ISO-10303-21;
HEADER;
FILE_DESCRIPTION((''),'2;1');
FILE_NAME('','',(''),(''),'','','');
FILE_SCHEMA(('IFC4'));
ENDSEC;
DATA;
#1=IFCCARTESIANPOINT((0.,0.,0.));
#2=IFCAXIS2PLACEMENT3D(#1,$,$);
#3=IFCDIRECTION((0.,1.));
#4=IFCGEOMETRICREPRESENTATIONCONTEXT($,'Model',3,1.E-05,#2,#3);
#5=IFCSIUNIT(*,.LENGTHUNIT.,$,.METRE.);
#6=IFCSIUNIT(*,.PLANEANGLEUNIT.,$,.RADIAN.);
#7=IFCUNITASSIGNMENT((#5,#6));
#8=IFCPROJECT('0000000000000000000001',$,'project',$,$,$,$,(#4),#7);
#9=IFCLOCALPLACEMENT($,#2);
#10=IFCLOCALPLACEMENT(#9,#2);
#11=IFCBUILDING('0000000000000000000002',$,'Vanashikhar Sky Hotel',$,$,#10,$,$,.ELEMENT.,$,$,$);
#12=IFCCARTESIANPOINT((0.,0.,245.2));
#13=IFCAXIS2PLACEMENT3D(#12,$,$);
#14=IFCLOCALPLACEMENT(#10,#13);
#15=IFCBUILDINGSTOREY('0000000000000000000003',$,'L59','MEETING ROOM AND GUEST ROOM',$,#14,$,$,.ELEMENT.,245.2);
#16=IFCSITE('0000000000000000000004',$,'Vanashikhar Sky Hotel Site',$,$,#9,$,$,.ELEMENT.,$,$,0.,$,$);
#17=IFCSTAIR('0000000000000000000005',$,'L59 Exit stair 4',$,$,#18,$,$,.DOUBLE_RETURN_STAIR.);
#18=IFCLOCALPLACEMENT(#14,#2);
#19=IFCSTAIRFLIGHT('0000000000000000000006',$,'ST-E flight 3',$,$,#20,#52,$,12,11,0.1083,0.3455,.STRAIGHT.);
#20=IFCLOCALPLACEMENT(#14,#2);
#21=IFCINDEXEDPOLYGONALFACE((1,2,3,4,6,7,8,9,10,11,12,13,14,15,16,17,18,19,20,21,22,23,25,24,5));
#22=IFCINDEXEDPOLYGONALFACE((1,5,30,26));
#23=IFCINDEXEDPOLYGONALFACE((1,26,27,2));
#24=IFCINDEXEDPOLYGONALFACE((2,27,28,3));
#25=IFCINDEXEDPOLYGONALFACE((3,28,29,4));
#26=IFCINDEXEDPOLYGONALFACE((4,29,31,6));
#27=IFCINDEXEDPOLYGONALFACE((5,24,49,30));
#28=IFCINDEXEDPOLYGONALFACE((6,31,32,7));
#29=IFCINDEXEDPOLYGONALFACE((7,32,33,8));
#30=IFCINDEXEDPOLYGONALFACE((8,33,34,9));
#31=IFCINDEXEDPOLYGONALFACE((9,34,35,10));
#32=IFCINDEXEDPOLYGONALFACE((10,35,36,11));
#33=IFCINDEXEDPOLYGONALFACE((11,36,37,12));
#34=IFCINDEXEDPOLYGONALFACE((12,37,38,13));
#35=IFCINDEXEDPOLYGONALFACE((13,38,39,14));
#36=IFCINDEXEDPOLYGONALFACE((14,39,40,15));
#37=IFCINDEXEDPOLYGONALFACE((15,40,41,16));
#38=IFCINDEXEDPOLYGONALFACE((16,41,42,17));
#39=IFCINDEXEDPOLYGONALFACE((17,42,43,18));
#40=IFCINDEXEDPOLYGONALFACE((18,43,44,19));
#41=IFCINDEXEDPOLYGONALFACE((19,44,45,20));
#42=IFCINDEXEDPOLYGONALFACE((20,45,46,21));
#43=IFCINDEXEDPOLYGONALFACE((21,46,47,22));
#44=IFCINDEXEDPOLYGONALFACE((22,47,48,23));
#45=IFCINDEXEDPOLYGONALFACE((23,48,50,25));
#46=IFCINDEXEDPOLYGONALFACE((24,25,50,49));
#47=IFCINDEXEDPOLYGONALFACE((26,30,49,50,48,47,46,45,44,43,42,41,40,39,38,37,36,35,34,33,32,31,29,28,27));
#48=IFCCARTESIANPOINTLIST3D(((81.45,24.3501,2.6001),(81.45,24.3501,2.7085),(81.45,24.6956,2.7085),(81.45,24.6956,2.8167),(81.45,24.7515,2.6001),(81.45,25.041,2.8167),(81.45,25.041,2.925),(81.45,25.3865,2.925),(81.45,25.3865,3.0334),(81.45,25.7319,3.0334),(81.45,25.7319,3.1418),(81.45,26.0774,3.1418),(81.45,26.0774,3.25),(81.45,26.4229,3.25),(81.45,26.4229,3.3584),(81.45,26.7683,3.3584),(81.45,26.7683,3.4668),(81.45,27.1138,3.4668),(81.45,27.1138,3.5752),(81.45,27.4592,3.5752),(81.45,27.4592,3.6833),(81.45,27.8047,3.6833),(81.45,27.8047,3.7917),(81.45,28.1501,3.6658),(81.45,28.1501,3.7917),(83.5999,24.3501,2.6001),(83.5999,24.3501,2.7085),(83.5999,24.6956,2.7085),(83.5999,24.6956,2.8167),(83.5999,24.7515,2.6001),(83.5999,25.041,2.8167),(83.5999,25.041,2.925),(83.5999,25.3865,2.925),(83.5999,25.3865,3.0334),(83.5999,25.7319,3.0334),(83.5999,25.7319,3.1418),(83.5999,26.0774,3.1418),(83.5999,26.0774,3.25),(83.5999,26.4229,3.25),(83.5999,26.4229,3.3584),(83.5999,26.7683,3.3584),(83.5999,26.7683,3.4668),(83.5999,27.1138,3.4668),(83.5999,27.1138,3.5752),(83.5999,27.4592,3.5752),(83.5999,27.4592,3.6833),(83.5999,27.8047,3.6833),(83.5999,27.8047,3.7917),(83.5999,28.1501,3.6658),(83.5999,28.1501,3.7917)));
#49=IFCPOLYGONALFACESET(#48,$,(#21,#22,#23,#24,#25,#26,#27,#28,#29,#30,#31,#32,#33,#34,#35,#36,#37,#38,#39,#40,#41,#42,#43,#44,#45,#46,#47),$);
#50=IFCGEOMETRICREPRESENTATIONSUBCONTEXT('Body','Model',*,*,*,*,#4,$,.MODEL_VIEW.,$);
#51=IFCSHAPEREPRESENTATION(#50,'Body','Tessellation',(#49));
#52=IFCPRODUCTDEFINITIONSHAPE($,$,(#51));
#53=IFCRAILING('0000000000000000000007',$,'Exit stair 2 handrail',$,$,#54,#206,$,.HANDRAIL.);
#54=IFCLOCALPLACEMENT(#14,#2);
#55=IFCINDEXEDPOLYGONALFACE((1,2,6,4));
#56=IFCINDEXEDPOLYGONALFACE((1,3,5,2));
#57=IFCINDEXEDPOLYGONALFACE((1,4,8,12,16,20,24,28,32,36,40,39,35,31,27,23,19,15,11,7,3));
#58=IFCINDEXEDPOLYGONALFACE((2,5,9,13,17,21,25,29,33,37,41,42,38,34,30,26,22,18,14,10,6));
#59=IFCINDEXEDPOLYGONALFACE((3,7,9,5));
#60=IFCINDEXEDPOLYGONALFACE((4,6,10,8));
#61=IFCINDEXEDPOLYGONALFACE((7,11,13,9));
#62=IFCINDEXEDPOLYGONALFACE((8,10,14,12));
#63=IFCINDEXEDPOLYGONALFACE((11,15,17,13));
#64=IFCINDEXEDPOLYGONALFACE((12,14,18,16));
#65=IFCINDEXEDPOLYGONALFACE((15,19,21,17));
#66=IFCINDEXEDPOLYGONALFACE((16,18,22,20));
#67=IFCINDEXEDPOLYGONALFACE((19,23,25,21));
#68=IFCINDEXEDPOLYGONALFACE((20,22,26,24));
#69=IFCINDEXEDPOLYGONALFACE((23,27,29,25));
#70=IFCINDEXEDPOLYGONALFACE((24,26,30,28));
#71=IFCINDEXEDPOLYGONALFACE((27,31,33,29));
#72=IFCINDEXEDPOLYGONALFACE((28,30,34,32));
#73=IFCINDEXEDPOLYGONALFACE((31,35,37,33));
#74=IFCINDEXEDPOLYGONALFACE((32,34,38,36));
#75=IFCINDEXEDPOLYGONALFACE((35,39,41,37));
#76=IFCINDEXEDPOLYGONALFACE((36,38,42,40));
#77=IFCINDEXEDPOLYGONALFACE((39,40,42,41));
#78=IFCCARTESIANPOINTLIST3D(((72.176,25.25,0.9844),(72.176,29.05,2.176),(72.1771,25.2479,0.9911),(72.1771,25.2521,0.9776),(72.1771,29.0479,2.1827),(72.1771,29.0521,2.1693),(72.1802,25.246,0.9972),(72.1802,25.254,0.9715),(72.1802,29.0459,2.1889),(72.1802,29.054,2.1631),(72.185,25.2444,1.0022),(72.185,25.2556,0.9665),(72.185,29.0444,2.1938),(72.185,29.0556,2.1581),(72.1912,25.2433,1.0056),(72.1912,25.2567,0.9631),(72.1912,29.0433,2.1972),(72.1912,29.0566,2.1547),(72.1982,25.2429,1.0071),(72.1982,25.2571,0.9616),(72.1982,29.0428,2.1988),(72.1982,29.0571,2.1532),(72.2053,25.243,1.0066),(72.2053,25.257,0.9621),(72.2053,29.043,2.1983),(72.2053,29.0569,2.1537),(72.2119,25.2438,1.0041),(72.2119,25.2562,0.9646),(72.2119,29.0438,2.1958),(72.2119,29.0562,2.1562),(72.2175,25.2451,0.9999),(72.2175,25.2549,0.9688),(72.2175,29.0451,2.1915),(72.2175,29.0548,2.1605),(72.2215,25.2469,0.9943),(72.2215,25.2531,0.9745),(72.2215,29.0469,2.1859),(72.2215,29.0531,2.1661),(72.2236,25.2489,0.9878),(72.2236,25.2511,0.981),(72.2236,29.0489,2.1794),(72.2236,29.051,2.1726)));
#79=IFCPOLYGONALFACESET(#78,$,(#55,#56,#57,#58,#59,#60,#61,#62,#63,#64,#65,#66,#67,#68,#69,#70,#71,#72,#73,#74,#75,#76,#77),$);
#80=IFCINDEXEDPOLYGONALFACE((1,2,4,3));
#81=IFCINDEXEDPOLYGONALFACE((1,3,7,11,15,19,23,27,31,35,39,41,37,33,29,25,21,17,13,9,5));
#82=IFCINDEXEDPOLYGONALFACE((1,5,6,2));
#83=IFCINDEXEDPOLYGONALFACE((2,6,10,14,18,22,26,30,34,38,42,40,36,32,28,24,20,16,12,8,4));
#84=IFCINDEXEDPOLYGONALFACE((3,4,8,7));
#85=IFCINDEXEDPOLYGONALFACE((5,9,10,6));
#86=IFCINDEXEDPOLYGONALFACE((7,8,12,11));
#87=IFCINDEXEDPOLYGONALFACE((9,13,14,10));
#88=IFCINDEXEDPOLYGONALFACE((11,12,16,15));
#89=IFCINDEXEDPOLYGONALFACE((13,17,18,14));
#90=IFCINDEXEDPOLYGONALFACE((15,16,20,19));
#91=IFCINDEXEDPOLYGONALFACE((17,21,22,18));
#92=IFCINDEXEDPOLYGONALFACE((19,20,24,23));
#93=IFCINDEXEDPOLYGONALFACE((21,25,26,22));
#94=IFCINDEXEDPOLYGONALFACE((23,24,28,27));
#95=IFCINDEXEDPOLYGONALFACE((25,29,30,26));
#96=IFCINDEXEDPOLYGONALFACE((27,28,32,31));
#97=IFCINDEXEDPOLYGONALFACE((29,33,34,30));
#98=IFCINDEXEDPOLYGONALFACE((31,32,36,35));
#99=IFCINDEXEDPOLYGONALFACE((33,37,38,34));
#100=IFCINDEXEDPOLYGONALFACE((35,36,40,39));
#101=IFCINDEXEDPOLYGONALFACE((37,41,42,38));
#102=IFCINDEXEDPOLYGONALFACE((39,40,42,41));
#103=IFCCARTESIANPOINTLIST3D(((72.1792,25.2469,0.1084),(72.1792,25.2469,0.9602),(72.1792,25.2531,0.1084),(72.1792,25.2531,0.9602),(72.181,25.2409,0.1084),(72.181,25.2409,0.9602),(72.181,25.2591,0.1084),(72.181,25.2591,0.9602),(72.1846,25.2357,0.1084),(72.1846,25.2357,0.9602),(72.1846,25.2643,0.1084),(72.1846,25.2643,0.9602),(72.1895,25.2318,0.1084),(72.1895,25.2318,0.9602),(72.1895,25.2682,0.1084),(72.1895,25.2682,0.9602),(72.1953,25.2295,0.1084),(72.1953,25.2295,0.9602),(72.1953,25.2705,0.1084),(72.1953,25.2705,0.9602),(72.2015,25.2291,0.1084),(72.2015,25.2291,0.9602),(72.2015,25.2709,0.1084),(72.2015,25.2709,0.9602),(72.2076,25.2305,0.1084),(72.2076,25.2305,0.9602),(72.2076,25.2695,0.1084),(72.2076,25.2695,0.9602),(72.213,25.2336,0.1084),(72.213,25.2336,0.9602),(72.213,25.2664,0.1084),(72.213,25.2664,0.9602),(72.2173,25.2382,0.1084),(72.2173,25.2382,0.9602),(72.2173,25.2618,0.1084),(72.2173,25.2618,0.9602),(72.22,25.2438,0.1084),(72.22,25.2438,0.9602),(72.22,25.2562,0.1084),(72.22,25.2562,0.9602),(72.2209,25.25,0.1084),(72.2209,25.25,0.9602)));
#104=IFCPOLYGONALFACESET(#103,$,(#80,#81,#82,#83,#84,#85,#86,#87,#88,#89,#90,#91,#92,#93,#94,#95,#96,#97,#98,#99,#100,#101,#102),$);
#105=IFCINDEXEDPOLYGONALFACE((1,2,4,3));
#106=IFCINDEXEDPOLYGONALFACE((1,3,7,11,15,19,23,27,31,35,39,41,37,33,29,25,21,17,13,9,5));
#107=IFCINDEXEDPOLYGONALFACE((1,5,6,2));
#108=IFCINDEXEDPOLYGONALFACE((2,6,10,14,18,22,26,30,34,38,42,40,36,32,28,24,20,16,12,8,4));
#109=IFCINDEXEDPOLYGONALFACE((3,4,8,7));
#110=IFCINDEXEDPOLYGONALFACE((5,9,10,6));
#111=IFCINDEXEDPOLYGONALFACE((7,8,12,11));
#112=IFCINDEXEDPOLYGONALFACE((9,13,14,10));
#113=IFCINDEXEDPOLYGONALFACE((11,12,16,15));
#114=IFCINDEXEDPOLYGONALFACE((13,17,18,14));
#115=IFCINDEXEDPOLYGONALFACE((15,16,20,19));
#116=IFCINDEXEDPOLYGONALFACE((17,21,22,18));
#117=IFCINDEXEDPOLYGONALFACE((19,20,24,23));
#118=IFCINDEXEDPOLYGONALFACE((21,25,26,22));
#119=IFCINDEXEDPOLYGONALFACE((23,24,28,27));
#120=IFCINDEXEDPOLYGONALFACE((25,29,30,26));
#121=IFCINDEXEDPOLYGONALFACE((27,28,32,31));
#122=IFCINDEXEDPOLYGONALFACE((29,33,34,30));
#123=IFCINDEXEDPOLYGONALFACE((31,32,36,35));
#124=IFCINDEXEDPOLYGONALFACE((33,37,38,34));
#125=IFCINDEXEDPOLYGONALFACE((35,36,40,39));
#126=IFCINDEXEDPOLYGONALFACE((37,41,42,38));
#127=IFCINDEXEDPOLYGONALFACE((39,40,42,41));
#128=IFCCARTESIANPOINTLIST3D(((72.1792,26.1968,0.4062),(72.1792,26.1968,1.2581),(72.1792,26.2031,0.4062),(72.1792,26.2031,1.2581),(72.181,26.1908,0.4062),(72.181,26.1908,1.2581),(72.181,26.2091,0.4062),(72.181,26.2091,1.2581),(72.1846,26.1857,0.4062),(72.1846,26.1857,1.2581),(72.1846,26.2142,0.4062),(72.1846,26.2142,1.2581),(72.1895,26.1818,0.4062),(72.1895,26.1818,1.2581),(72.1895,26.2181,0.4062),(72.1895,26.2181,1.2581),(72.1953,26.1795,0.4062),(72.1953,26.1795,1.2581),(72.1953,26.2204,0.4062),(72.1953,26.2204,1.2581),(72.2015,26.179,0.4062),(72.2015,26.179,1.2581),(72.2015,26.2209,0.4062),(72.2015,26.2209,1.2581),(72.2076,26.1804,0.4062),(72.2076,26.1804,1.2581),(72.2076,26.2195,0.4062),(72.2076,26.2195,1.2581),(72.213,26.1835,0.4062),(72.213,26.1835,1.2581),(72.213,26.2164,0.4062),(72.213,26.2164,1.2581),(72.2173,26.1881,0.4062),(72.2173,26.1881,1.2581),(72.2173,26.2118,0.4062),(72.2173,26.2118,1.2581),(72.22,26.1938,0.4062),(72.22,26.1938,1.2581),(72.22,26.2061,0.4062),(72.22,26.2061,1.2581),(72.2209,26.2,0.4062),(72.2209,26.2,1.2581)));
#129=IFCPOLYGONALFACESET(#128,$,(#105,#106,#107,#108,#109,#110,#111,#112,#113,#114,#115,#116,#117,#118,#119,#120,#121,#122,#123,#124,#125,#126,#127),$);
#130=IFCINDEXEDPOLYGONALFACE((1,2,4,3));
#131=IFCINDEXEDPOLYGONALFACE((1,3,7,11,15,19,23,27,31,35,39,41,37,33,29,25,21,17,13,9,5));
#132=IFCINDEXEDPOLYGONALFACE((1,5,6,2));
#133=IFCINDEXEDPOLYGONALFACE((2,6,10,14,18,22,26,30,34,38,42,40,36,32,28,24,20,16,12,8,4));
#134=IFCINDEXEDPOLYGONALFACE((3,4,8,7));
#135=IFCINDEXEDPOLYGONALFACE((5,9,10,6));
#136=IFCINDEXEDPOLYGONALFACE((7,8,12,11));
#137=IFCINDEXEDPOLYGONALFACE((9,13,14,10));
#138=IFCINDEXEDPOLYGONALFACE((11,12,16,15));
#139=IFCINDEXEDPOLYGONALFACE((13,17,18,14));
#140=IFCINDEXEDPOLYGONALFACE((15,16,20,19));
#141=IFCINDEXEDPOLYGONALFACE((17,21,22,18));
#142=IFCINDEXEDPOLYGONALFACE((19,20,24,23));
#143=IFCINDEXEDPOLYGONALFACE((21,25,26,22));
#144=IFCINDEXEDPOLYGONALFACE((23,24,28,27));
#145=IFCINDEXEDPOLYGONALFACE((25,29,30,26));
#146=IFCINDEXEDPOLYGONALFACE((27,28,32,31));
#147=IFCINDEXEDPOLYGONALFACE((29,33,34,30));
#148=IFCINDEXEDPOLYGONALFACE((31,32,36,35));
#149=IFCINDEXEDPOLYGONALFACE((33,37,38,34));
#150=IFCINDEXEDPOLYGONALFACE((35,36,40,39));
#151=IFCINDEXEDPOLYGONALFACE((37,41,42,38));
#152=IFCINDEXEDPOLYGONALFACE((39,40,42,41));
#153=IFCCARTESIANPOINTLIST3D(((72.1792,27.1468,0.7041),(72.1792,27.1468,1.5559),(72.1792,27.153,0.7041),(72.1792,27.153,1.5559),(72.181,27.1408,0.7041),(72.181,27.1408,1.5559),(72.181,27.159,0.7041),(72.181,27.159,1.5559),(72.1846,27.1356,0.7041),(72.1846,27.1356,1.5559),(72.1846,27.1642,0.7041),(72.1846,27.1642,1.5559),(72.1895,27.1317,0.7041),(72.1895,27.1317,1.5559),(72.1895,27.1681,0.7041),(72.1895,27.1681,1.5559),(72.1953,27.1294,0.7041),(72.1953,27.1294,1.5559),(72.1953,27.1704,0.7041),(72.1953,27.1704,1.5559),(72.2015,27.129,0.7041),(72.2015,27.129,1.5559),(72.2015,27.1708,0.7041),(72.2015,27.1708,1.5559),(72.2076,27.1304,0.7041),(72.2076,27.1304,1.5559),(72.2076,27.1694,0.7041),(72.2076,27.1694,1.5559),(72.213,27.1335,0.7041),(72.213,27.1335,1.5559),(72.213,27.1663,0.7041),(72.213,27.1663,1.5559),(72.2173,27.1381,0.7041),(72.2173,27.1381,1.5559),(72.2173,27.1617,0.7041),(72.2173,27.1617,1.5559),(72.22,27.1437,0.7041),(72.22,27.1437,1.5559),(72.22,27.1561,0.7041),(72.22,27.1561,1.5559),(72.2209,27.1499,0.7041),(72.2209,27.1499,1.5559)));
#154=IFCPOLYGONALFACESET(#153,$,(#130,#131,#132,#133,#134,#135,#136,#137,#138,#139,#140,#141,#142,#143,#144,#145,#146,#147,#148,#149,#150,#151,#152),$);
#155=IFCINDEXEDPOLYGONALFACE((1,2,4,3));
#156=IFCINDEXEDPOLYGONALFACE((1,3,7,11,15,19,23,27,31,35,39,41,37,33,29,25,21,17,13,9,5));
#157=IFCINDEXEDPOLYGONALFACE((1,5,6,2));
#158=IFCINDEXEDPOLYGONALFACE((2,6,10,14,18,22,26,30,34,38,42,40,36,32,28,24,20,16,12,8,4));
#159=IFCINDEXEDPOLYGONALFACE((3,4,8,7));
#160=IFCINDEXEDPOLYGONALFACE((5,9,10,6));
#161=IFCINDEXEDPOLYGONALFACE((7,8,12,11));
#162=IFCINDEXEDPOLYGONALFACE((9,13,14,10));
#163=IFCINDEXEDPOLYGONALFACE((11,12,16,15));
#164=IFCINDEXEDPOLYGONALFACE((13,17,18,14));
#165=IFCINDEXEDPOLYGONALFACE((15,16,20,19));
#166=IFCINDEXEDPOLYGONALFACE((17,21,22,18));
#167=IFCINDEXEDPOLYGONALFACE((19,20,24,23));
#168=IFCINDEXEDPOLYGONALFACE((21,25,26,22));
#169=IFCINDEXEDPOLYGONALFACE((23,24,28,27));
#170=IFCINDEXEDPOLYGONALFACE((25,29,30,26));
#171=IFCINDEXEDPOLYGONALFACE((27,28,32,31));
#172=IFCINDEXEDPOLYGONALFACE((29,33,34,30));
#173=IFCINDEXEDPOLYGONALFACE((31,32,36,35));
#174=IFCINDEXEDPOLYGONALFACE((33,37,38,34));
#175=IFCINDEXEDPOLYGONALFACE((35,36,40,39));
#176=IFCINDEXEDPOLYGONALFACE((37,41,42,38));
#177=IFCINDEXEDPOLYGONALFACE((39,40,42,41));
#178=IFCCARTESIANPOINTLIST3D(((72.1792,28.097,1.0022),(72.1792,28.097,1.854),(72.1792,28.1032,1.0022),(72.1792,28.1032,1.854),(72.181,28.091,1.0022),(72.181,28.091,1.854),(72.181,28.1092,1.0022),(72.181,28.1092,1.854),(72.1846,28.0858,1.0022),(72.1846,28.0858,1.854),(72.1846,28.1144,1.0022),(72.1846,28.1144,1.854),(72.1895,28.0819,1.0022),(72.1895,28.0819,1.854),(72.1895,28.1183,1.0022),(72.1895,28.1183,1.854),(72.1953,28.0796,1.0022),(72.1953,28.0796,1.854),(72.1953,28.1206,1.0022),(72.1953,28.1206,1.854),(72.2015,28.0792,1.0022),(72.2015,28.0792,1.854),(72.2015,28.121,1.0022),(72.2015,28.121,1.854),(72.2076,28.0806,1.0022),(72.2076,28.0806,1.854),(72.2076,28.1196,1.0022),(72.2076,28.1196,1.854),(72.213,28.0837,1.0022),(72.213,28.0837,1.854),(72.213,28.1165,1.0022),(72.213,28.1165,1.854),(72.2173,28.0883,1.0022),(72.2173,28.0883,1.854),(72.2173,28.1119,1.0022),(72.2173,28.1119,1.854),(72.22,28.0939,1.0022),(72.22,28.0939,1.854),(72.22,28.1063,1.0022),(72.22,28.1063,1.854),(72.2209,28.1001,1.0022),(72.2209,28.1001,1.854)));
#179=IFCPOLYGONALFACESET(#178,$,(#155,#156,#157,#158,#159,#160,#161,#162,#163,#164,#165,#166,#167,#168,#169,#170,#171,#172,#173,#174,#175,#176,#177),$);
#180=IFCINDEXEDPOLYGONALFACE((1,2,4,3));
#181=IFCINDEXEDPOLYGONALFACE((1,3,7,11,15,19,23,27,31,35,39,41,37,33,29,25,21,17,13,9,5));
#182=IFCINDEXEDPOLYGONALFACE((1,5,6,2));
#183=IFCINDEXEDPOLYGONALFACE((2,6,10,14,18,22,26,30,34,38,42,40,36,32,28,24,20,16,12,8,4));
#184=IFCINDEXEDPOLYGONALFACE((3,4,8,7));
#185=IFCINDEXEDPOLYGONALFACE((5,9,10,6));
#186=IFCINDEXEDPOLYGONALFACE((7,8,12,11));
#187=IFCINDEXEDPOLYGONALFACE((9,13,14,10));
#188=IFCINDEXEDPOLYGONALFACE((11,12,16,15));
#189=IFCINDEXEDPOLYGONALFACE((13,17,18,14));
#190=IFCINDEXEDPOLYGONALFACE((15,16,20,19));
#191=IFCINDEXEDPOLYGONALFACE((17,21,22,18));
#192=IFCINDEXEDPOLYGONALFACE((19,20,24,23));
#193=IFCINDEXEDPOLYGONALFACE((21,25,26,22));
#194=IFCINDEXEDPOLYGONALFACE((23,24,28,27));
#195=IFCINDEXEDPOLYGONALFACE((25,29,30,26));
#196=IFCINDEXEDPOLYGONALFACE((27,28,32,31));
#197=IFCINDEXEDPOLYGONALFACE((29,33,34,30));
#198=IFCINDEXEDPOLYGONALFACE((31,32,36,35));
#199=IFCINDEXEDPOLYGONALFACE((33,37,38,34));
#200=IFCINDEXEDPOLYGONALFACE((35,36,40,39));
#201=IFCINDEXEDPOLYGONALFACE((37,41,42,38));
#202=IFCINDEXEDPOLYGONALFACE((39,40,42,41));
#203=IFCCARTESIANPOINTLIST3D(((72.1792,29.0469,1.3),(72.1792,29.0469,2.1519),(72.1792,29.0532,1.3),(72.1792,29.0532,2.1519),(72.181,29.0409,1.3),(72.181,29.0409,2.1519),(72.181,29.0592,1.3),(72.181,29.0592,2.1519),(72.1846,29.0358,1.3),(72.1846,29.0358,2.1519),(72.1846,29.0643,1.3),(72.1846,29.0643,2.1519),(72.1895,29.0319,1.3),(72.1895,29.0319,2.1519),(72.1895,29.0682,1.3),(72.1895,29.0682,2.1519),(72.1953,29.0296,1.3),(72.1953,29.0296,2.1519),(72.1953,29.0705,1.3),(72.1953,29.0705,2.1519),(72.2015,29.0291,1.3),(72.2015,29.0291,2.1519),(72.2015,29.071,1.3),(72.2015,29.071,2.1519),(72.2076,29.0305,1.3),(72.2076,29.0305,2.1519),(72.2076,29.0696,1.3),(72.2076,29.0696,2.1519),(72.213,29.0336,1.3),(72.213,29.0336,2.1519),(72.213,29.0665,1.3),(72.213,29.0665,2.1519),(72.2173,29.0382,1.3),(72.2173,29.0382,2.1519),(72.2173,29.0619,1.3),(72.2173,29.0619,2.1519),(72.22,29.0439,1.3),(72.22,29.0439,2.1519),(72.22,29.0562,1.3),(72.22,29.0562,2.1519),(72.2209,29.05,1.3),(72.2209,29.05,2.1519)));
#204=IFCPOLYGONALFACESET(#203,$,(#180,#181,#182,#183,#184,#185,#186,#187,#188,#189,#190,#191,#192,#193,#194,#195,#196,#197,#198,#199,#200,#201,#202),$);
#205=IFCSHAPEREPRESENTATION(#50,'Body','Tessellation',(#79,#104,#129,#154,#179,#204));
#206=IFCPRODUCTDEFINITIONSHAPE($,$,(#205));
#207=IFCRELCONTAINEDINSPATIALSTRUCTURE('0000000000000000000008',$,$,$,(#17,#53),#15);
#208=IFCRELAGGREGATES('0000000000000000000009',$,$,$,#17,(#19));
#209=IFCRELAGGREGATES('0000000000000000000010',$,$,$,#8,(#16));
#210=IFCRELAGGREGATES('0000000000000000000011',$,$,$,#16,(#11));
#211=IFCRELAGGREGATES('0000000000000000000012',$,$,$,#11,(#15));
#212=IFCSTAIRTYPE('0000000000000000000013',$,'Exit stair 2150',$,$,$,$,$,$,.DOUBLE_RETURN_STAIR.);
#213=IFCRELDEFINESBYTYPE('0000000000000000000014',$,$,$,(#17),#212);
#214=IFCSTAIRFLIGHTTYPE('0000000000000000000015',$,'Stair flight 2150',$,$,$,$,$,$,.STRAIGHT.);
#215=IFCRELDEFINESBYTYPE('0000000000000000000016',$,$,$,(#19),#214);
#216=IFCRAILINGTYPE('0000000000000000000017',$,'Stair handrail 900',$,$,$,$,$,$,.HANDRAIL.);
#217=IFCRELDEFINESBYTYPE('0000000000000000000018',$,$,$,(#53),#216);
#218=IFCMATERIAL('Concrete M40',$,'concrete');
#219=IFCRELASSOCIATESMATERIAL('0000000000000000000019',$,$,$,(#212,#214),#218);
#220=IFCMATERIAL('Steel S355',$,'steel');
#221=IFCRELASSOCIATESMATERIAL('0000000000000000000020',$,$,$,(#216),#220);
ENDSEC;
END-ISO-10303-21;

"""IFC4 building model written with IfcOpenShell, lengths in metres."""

from ifc_helpers import new_model, si_unit, direction, frame, origin, origin_2d, place, context, subcontext, project, spatial, polyline, circle, outline, extrude, source, transform, mapped, material, type_object, element, aggregate, save


model = new_model("IFC4")

# Units and contexts
model_context = context("Model", 3, precision=1e-05, world=origin(), true_north=direction((0.0, 1.0)))
body_context = subcontext(model_context, "Body", "Model", "MODEL_VIEW")
ifc_project = project(units=[si_unit("LENGTHUNIT", "METRE"), si_unit("PLANEANGLEUNIT", "RADIAN")], contexts=[model_context])

# Site, building, storey
site_placement = place(None, origin())
site = spatial("IfcSite", under=ifc_project, at=site_placement, Name="Vanashikhar Sky Hotel Site", CompositionType="ELEMENT", RefElevation=0.0)
building_placement = place(site_placement, origin())
building = spatial("IfcBuilding", under=site, at=building_placement, Name="Vanashikhar Sky Hotel", CompositionType="ELEMENT")
storey_placement = place(building_placement, frame((0.0, 0.0, 245.2)))
storey = spatial("IfcBuildingStorey", under=building, at=storey_placement, Name="L59", Description="MEETING ROOM AND GUEST ROOM", CompositionType="ELEMENT", Elevation=245.2)

# Stair, stair flight
ifc_material_1 = material(Name="Concrete M40", Category="concrete")
stair_type = type_object("IfcStairType", Name="Exit stair 2150", PredefinedType="DOUBLE_RETURN_STAIR", material=ifc_material_1)
stair_placement = place(storey_placement, origin())
stair = element("IfcStair", 1, at=stair_placement, inside=storey, type_object=stair_type, Name="L59 Exit stair 4", PredefinedType="DOUBLE_RETURN_STAIR")
stair_flight_type = type_object("IfcStairFlightType", Name="Stair flight 2150", PredefinedType="STRAIGHT", material=ifc_material_1)
shared_shape_1 = source(origin(), body_context, "Body", "SweptSolid", [
    extrude(outline(polyline([(0.0, 0.0), (0.0, 0.1084), (0.3455, 0.1084), (0.3455, 0.2166), (0.6909, 0.2166), (0.6909, 0.325), (1.0364, 0.325), (1.0364, 0.4333), (1.3818, 0.4333), (1.3818, 0.5417), (1.7273, 0.5417), (1.7273, 0.6499), (2.0728, 0.6499), (2.0728, 0.7583), (2.4182, 0.7583), (2.4182, 0.8667), (2.7637, 0.8667), (2.7637, 0.9751), (3.1091, 0.9751), (3.1091, 1.0833), (3.4546, 1.0833), (3.4546, 1.1917), (3.8, 1.1917), (3.8, 1.3), (3.8, 1.0657), (0.4014, 0.0), (0.0, 0.0)])), frame((0.0, 1.075, 0.0), z_axis=(0.0, -1.0, 0.0), x_axis=(1.0, 0.0, 0.0)), (0.0, 0.0, 1.0), 2.1499),
])
stair_flight_1_placement = place(storey_placement, frame((82.5249, 24.3501, 2.6001), z_axis=(0.0, 0.0, 1.0), x_axis=(0.0, 1.0, 0.0)))
stair_flight_1 = element("IfcStairFlight", 2, at=stair_flight_1_placement, type_object=stair_flight_type, Name="ST-E flight 3", NumberOfRisers=12, NumberOfTreads=11, PredefinedType="STRAIGHT", RiserHeight=0.1083, TreadLength=0.3455, context=body_context, shape_type="MappedRepresentation", body=[
    mapped(shared_shape_1, transform((0.0, 0.0, 0.0), scale=1.0)),
])
aggregate(stair, [stair_flight_1])

# Railing
ifc_material_2 = material(Name="Steel S355", Category="steel")
railing_type_1 = type_object("IfcRailingType", Name="Stair handrail 900", PredefinedType="HANDRAIL", material=ifc_material_2)
shared_shape_2 = source(origin(), body_context, "Body", "SweptSolid", [
    extrude(circle(Radius=0.0239, at=origin_2d()), frame((0.0, 0.0, 0.876), z_axis=(0.0, 0.954184, 0.299221), x_axis=(-1.0, 0.0, 0.0)), (0.0, 0.0, 1.0), 3.9824),
    extrude(circle(Radius=0.021, at=origin_2d()), origin(), (0.0, 0.0, 1.0), 0.8518),
    extrude(circle(Radius=0.021, at=origin_2d()), frame((0.0, 0.95, 0.2979)), (0.0, 0.0, 1.0), 0.8518),
    extrude(circle(Radius=0.021, at=origin_2d()), frame((0.0, 1.8999, 0.5957)), (0.0, 0.0, 1.0), 0.8518),
    extrude(circle(Radius=0.021, at=origin_2d()), frame((0.0, 2.8501, 0.8938)), (0.0, 0.0, 1.0), 0.8518),
    extrude(circle(Radius=0.021, at=origin_2d()), frame((0.0, 3.8, 1.1917)), (0.0, 0.0, 1.0), 0.8518),
])
for number, where, name in (
    (3, (72.2, 25.25, 0.1084), "Exit stair 2 handrail"),
):
    element("IfcRailing", number, at=place(storey_placement, frame(where)), inside=storey, type_object=railing_type_1, Name=name, PredefinedType="HANDRAIL", context=body_context, shape_type="MappedRepresentation", body=[
        mapped(shared_shape_2, transform((0.0, 0.0, 0.0), scale=1.0)),
    ])

save(model, "model.ifc")
